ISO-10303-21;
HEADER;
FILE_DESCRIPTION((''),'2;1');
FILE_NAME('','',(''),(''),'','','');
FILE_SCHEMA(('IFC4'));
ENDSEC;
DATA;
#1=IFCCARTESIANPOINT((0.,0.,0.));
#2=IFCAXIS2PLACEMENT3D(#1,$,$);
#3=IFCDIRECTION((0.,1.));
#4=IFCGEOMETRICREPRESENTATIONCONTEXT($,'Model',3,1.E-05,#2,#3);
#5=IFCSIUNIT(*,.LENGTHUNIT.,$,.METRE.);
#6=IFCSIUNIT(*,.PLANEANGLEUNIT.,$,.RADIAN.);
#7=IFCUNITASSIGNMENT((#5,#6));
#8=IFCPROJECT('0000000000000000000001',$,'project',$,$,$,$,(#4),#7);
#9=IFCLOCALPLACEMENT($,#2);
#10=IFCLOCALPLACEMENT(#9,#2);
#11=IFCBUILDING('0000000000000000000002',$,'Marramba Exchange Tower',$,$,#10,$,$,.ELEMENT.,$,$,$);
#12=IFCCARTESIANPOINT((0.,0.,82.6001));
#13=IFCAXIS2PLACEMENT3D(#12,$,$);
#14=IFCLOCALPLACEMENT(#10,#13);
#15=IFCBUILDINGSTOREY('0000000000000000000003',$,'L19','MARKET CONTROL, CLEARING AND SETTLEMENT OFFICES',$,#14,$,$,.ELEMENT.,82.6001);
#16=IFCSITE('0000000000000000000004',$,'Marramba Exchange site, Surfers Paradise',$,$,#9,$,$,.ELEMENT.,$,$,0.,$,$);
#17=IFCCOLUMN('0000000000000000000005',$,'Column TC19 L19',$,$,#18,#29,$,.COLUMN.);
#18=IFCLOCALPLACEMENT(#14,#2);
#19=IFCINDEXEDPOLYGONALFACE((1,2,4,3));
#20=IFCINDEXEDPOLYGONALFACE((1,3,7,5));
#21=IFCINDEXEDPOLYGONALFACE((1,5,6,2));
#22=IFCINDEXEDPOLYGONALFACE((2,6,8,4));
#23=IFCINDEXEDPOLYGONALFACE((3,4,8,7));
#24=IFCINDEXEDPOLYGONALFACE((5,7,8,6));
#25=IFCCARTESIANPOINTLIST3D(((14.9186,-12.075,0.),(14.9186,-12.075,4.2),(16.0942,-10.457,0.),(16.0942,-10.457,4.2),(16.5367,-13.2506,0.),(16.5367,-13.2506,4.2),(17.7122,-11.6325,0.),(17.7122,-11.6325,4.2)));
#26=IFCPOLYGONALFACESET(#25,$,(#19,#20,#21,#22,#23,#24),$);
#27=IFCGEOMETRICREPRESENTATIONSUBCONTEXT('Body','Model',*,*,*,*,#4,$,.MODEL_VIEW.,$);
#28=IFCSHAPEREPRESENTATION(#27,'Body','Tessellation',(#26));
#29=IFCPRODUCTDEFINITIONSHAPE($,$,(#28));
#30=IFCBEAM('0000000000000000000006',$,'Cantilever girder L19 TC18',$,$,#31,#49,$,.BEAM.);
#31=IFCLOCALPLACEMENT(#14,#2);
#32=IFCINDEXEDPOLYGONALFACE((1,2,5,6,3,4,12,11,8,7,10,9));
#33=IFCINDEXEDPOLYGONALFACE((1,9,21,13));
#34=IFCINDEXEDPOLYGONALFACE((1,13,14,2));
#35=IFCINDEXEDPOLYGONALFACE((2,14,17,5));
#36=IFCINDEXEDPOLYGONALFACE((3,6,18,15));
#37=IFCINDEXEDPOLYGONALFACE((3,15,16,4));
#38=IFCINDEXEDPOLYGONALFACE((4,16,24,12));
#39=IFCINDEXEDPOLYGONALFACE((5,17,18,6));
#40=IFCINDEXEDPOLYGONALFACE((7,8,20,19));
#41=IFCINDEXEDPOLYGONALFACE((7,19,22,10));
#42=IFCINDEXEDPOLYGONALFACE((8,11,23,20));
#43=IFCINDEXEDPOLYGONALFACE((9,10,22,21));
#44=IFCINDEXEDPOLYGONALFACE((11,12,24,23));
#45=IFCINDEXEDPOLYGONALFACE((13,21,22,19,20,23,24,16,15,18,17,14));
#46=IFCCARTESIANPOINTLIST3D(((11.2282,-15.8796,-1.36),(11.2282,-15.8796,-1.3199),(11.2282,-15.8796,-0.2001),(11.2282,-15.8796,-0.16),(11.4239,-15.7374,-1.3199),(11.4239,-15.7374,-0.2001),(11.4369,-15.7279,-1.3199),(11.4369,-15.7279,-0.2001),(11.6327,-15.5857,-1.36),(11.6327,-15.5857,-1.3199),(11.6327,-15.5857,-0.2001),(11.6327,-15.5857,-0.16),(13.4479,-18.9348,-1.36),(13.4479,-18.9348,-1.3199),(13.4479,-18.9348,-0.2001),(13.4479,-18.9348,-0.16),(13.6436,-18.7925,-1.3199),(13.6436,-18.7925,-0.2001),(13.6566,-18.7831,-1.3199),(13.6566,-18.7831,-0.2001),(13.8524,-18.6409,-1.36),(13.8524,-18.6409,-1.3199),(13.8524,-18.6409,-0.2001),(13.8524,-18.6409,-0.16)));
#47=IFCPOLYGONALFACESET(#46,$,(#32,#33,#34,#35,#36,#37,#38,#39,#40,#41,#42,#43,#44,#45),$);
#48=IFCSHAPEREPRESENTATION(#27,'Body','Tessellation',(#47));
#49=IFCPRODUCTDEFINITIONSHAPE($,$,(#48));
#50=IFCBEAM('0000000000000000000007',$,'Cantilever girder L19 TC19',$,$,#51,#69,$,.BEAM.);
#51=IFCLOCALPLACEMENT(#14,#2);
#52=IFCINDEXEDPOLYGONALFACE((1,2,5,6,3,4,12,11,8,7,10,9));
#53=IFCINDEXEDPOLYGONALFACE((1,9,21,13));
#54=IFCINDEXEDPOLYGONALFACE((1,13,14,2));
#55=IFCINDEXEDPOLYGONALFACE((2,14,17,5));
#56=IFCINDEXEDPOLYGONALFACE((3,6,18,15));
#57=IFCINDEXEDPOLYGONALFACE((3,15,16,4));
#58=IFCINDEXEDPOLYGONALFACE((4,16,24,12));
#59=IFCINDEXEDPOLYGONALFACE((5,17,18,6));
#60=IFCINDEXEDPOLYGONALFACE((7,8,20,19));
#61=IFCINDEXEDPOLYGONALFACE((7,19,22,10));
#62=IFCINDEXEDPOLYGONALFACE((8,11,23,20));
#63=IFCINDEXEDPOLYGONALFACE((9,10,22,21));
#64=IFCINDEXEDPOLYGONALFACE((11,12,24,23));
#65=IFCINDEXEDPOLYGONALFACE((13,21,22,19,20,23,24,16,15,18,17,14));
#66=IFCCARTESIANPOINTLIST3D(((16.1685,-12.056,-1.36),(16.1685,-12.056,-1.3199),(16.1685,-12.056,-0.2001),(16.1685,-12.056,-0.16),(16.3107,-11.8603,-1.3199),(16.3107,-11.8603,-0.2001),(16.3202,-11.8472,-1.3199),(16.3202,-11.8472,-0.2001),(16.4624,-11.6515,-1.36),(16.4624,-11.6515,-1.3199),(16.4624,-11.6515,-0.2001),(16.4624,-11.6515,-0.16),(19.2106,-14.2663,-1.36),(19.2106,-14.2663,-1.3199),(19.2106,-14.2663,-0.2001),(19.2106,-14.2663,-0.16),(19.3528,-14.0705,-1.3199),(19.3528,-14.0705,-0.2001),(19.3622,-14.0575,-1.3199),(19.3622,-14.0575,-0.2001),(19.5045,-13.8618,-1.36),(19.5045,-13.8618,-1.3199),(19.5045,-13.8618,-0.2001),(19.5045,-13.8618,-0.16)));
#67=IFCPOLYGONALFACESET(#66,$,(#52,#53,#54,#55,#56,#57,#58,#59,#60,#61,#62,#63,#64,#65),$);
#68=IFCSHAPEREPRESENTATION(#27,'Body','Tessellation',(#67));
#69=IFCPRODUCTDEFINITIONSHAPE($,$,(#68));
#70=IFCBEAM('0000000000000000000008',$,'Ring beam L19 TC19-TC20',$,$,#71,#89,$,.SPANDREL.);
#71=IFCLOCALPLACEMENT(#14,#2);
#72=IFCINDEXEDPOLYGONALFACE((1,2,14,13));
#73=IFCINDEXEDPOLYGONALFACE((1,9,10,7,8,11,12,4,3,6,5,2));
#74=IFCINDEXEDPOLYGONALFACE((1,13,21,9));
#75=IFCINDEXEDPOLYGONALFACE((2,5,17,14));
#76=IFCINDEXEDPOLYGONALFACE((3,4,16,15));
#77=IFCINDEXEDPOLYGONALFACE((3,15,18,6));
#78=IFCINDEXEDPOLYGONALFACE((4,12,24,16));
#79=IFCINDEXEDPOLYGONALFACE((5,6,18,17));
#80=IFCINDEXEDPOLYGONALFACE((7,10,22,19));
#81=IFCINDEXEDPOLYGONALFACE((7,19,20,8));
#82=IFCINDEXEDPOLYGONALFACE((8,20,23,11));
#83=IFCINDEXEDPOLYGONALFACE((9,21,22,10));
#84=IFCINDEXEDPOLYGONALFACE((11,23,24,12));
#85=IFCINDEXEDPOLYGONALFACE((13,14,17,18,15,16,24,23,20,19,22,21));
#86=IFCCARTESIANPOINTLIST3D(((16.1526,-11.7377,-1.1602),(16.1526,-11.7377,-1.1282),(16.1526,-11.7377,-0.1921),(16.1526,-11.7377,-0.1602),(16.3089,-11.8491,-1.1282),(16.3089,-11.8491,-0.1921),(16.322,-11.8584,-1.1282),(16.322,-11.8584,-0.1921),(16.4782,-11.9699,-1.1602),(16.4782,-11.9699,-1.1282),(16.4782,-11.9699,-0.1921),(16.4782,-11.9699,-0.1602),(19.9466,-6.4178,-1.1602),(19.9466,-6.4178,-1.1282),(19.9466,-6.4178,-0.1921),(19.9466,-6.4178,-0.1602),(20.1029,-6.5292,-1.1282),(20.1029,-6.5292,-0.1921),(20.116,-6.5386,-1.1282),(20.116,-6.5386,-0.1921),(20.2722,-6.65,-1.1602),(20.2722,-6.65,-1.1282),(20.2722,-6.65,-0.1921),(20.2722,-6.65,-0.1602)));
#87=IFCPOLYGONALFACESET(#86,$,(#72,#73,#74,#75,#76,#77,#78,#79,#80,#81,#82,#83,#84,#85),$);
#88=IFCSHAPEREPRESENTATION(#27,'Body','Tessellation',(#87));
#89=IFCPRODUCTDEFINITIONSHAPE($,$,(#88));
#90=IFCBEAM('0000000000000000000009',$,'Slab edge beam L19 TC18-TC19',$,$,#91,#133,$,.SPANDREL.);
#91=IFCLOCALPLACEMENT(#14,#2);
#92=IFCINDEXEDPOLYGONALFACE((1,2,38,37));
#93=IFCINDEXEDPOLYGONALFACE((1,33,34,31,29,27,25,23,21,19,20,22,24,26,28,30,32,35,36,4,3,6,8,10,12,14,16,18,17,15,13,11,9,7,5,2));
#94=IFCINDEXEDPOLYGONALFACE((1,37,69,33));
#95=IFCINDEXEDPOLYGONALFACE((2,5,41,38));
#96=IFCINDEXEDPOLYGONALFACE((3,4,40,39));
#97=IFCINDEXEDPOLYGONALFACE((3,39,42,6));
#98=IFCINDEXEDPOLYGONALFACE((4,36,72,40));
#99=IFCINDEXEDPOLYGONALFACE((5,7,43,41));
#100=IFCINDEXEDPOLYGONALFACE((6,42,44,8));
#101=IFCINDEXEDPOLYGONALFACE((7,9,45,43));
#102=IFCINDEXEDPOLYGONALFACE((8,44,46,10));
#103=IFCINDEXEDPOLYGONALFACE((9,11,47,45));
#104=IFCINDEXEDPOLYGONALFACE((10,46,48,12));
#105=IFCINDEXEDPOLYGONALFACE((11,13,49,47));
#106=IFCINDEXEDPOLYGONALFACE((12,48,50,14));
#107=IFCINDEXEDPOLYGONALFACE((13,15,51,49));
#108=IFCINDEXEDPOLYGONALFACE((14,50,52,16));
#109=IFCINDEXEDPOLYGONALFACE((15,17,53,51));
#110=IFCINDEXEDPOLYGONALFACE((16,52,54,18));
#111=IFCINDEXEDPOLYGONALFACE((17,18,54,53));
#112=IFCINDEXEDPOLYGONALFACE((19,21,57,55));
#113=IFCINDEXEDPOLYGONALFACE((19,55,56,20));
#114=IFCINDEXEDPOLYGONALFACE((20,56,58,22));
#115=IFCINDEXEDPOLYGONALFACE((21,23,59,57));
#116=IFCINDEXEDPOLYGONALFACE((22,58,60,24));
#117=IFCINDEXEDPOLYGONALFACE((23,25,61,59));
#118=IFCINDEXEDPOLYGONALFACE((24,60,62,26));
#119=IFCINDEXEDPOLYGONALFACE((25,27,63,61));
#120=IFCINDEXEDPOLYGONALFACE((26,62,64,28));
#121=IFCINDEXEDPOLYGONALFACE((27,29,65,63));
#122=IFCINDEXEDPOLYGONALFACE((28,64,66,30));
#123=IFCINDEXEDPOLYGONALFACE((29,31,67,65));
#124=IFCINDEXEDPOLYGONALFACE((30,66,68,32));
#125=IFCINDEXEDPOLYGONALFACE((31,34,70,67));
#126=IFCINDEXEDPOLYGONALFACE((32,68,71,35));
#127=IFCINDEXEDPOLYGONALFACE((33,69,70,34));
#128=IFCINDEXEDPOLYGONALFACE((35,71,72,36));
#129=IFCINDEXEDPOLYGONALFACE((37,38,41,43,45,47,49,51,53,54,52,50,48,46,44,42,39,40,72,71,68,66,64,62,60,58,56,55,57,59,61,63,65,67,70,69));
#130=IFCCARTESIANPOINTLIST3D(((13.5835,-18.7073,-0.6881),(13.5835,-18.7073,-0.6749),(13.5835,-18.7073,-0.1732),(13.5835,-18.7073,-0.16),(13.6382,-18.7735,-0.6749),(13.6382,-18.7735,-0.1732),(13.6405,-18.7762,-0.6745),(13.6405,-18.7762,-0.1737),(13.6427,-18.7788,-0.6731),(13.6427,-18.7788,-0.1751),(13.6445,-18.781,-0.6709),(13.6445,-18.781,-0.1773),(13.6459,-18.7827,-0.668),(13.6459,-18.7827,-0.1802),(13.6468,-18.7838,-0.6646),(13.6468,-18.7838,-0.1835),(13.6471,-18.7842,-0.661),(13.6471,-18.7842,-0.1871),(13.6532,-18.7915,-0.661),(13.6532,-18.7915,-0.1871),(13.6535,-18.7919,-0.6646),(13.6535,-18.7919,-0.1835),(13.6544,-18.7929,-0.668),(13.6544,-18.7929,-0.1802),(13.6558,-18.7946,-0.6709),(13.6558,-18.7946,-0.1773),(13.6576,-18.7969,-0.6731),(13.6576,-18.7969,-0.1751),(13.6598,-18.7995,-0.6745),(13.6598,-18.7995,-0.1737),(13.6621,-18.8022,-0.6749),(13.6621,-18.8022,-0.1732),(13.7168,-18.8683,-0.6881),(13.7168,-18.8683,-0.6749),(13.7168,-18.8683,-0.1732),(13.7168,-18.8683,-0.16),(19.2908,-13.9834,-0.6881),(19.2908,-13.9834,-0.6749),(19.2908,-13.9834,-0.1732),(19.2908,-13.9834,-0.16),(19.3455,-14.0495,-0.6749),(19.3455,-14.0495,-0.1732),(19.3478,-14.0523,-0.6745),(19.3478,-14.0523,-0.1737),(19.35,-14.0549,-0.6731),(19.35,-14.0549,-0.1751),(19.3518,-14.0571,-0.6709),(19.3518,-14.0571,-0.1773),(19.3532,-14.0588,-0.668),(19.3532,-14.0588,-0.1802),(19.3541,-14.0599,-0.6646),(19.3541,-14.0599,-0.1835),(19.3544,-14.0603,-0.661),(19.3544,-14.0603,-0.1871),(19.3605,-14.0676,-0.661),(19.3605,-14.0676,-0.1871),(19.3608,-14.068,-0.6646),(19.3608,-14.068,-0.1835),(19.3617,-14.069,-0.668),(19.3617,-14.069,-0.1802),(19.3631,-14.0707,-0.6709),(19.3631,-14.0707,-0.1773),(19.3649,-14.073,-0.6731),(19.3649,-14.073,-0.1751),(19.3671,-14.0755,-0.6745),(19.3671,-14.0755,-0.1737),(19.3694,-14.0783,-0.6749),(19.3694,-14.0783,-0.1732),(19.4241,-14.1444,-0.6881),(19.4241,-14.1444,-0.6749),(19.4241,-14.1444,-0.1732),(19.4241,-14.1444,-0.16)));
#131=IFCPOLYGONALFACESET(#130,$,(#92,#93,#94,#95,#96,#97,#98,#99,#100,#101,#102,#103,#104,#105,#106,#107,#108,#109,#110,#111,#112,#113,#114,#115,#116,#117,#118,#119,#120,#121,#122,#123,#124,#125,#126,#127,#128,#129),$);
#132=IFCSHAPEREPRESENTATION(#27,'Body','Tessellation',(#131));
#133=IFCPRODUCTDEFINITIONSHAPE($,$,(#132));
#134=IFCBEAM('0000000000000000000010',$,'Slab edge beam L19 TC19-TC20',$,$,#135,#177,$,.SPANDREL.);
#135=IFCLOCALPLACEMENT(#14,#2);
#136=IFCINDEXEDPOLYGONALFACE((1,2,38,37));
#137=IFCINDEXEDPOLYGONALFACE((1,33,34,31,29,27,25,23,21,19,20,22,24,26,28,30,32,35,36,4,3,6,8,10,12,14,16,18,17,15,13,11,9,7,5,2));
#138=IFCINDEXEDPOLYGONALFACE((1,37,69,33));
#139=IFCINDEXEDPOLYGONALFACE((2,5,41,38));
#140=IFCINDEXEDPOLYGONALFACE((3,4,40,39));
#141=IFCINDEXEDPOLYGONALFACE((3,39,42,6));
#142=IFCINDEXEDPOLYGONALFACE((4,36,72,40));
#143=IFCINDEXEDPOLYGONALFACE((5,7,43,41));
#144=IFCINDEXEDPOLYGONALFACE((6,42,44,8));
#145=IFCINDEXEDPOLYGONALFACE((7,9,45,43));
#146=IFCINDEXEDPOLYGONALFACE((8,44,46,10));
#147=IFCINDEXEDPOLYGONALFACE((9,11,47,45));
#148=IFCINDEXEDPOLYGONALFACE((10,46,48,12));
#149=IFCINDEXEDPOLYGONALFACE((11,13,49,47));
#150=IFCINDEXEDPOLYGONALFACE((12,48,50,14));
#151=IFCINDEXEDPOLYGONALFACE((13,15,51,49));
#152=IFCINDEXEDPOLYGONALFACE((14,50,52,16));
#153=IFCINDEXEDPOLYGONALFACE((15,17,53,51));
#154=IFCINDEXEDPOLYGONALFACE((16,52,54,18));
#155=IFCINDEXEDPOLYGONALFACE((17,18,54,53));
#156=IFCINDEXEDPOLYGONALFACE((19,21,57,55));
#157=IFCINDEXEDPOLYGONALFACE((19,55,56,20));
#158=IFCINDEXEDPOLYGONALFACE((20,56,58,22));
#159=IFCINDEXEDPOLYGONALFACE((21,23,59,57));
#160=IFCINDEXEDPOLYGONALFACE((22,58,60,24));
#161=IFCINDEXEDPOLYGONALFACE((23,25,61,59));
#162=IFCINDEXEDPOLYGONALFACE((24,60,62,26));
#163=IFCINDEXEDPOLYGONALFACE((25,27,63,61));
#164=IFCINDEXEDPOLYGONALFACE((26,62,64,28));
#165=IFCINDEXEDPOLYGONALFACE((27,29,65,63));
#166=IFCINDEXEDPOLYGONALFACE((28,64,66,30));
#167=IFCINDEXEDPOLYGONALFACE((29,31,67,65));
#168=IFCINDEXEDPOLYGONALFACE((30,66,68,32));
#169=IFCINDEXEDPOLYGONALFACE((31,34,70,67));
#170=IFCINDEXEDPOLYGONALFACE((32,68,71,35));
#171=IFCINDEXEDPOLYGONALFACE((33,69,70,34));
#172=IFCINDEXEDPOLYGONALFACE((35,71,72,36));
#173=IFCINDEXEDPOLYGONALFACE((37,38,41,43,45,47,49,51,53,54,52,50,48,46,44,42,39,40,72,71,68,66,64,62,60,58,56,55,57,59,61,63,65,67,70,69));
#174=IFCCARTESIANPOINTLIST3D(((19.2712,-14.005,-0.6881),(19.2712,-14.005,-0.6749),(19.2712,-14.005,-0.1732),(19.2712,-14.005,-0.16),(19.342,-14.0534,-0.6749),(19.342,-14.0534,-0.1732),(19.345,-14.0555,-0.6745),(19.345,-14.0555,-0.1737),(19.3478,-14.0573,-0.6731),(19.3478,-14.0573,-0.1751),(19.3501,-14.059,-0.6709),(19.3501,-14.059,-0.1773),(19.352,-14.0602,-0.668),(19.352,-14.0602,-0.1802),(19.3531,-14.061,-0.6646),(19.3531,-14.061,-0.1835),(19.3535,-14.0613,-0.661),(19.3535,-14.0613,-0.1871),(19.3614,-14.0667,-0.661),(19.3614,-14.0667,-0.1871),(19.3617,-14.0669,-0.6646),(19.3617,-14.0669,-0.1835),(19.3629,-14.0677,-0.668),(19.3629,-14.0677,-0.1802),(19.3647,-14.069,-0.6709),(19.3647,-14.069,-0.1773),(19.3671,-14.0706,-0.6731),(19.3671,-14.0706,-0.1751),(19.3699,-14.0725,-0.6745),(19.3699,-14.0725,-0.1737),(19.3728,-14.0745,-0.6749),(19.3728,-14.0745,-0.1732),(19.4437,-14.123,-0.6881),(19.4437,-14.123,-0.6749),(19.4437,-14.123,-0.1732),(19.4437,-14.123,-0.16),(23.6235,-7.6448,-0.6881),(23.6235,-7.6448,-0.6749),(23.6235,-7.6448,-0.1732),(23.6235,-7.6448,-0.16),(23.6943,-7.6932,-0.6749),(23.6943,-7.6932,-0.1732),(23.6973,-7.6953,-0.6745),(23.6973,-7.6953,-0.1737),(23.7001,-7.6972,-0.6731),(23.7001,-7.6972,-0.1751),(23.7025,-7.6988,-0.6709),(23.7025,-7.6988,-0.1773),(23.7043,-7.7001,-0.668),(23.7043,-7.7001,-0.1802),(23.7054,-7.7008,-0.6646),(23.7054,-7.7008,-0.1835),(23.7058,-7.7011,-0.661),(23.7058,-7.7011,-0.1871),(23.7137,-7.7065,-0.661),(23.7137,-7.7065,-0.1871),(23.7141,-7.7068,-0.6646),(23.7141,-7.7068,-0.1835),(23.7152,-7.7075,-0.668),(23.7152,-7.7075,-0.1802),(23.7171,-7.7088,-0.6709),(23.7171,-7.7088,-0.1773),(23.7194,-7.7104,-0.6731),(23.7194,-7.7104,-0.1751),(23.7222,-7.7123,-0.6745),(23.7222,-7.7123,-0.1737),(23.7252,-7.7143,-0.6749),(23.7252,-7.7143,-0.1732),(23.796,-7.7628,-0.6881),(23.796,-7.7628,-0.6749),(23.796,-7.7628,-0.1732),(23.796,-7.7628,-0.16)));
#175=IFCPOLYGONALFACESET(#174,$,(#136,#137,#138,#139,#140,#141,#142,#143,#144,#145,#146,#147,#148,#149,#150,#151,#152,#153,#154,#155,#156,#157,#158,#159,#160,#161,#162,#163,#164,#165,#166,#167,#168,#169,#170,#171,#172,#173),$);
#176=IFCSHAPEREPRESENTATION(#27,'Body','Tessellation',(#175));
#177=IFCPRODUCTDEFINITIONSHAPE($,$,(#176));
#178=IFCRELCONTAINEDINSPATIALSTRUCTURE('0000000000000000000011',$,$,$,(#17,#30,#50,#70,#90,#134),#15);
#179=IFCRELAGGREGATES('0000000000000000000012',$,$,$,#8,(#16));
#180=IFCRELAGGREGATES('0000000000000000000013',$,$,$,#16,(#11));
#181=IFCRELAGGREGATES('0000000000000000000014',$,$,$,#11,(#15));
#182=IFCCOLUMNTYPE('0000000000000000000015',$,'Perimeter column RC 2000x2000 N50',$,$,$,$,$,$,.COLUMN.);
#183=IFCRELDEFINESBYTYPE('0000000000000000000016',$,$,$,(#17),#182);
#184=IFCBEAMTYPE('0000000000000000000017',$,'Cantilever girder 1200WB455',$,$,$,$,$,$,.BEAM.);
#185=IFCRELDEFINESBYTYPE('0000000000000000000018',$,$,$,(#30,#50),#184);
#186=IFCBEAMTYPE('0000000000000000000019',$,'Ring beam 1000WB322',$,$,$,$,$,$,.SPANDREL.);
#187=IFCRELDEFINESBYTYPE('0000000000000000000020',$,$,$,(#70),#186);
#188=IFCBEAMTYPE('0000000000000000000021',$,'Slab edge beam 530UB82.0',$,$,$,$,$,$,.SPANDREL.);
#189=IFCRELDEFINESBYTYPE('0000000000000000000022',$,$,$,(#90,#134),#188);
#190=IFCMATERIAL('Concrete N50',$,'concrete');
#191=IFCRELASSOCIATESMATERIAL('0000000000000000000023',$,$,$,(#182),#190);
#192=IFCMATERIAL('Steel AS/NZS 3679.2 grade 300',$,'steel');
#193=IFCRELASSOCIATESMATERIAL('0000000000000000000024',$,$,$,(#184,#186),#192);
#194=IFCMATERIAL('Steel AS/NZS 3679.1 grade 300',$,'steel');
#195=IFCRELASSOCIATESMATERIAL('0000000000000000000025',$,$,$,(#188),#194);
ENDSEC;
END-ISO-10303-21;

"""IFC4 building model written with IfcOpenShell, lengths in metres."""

from ifc_helpers import new_model, si_unit, direction, frame, origin, origin_2d, place, context, subcontext, project, spatial, rectangle, i_section, extrude, material, material_profile, profile_set, type_object, element, save


model = new_model("IFC4")

# Units and contexts
model_context = context("Model", 3, precision=1e-05, world=origin(), true_north=direction((0.0, 1.0)))
body_context = subcontext(model_context, "Body", "Model", "MODEL_VIEW")
ifc_project = project(units=[si_unit("LENGTHUNIT", "METRE"), si_unit("PLANEANGLEUNIT", "RADIAN")], contexts=[model_context])

# Site, building, storey
site_placement = place(None, origin())
site = spatial("IfcSite", under=ifc_project, at=site_placement, Name="Marramba Exchange site, Surfers Paradise", CompositionType="ELEMENT", RefElevation=0.0)
building_placement = place(site_placement, origin())
building = spatial("IfcBuilding", under=site, at=building_placement, Name="Marramba Exchange Tower", CompositionType="ELEMENT")
storey_placement = place(building_placement, frame((0.0, 0.0, 82.6001)))
storey = spatial("IfcBuildingStorey", under=building, at=storey_placement, Name="L19", Description="MARKET CONTROL, CLEARING AND SETTLEMENT OFFICES", CompositionType="ELEMENT", Elevation=82.6001)

# Column
ifc_material_1 = material(Name="Concrete N50", Category="concrete")
ifc_material_profile_1 = material_profile(ifc_material_1, rectangle(XDim=2.0, YDim=2.0, at=origin_2d()), Name="RC 2000x2000")
ifc_profile_set_1 = profile_set([ifc_material_profile_1], Name="Concrete N50")
column_type = type_object("IfcColumnType", Name="Perimeter column RC 2000x2000 N50", PredefinedType="COLUMN", material=ifc_profile_set_1)
column_placement = place(storey_placement, frame((16.3154, -11.8538, 0.0), z_axis=(0.0, 0.0, 1.0), x_axis=(0.809017, -0.587785, 0.0)))
element("IfcColumn", 1, at=column_placement, inside=storey, type_object=column_type, Name="Column TC19 L19", PredefinedType="COLUMN", context=body_context, shape_type="SweptSolid", body=[
    extrude(rectangle(XDim=2.0, YDim=2.0, at=origin_2d()), origin(), (0.0, 0.0, 1.0), 4.2),
])

# Beams
ifc_material_2 = material(Name="Steel AS/NZS 3679.2 grade 300", Category="steel")
ifc_material_profile_2 = material_profile(ifc_material_2, i_section(OverallWidth=0.5, OverallDepth=1.2, WebThickness=0.0161, FlangeThickness=0.04, at=origin_2d()), Name="1200WB455")
ifc_profile_set_2 = profile_set([ifc_material_profile_2], Name="Steel AS/NZS 3679.2 grade 300")
beam_type_1 = type_object("IfcBeamType", Name="Cantilever girder 1200WB455", PredefinedType="BEAM", material=ifc_profile_set_2)
beam_1_placement = place(storey_placement, frame((11.4304, -15.7327, -0.76), z_axis=(0.587787, -0.809016, 0.0), x_axis=(0.809016, 0.587787, 0.0)))
element("IfcBeam", 2, at=beam_1_placement, inside=storey, type_object=beam_type_1, Name="Cantilever girder L19 TC18", PredefinedType="BEAM", context=body_context, shape_type="SweptSolid", body=[
    extrude(i_section(OverallWidth=0.5, OverallDepth=1.2, WebThickness=0.0161, FlangeThickness=0.04, at=origin_2d()), origin(), (0.0, 0.0, 1.0), 3.7764),
])
beam_2_placement = place(storey_placement, frame((16.3154, -11.8538, -0.76), z_axis=(0.809008, -0.587797, 0.0), x_axis=(0.587797, 0.809008, 0.0)))
element("IfcBeam", 3, at=beam_2_placement, inside=storey, type_object=beam_type_1, Name="Cantilever girder L19 TC19", PredefinedType="BEAM", context=body_context, shape_type="SweptSolid", body=[
    extrude(i_section(OverallWidth=0.5, OverallDepth=1.2, WebThickness=0.0161, FlangeThickness=0.04, at=origin_2d()), origin(), (0.0, 0.0, 1.0), 3.7603),
])
ifc_material_profile_3 = material_profile(ifc_material_2, i_section(OverallWidth=0.3999, OverallDepth=1.0, WebThickness=0.0161, FlangeThickness=0.032, at=origin_2d()), Name="1000WB322")
ifc_profile_set_3 = profile_set([ifc_material_profile_3], Name="Steel AS/NZS 3679.2 grade 300")
beam_type_2 = type_object("IfcBeamType", Name="Ring beam 1000WB322", PredefinedType="SPANDREL", material=ifc_profile_set_3)
beam_3_placement = place(storey_placement, frame((16.3154, -11.8538, -0.6602), z_axis=(0.580637, 0.814162, 0.0), x_axis=(-0.814162, 0.580637, 0.0)))
element("IfcBeam", 4, at=beam_3_placement, inside=storey, type_object=beam_type_2, Name="Ring beam L19 TC19-TC20", PredefinedType="SPANDREL", context=body_context, shape_type="SweptSolid", body=[
    extrude(i_section(OverallWidth=0.3999, OverallDepth=1.0, WebThickness=0.0161, FlangeThickness=0.032, at=origin_2d()), origin(), (0.0, 0.0, 1.0), 6.5342),
])
ifc_material_3 = material(Name="Steel AS/NZS 3679.1 grade 300", Category="steel")
ifc_material_profile_4 = material_profile(ifc_material_3, i_section(OverallWidth=0.209, OverallDepth=0.5281, WebThickness=0.0095, FlangeThickness=0.0132, FilletRadius=0.0139, at=origin_2d()), Name="530UB82.0")
ifc_profile_set_4 = profile_set([ifc_material_profile_4], Name="Steel AS/NZS 3679.1 grade 300")
beam_type_3 = type_object("IfcBeamType", Name="Slab edge beam 530UB82.0", PredefinedType="SPANDREL", material=ifc_profile_set_4)
beam_4_placement = place(storey_placement, frame((13.6501, -18.7878, -0.4241), z_axis=(0.770354, 0.637617, 0.0), x_axis=(-0.637617, 0.770354, 0.0)))
element("IfcBeam", 5, at=beam_4_placement, inside=storey, type_object=beam_type_3, Name="Slab edge beam L19 TC18-TC19", PredefinedType="SPANDREL", context=body_context, shape_type="SweptSolid", body=[
    extrude(i_section(OverallWidth=0.209, OverallDepth=0.5281, WebThickness=0.0095, FlangeThickness=0.0132, FilletRadius=0.0139, at=origin_2d()), origin(), (0.0, 0.0, 1.0), 7.4087),
])
beam_5_placement = place(storey_placement, frame((19.3574, -14.064, -0.4241), z_axis=(0.564741, 0.825268, 0.0), x_axis=(-0.825268, 0.564741, 0.0)))
element("IfcBeam", 6, at=beam_5_placement, inside=storey, type_object=beam_type_3, Name="Slab edge beam L19 TC19-TC20", PredefinedType="SPANDREL", context=body_context, shape_type="SweptSolid", body=[
    extrude(i_section(OverallWidth=0.209, OverallDepth=0.5281, WebThickness=0.0095, FlangeThickness=0.0132, FilletRadius=0.0139, at=origin_2d()), origin(), (0.0, 0.0, 1.0), 7.7068),
])

save(model, "model.ifc")
